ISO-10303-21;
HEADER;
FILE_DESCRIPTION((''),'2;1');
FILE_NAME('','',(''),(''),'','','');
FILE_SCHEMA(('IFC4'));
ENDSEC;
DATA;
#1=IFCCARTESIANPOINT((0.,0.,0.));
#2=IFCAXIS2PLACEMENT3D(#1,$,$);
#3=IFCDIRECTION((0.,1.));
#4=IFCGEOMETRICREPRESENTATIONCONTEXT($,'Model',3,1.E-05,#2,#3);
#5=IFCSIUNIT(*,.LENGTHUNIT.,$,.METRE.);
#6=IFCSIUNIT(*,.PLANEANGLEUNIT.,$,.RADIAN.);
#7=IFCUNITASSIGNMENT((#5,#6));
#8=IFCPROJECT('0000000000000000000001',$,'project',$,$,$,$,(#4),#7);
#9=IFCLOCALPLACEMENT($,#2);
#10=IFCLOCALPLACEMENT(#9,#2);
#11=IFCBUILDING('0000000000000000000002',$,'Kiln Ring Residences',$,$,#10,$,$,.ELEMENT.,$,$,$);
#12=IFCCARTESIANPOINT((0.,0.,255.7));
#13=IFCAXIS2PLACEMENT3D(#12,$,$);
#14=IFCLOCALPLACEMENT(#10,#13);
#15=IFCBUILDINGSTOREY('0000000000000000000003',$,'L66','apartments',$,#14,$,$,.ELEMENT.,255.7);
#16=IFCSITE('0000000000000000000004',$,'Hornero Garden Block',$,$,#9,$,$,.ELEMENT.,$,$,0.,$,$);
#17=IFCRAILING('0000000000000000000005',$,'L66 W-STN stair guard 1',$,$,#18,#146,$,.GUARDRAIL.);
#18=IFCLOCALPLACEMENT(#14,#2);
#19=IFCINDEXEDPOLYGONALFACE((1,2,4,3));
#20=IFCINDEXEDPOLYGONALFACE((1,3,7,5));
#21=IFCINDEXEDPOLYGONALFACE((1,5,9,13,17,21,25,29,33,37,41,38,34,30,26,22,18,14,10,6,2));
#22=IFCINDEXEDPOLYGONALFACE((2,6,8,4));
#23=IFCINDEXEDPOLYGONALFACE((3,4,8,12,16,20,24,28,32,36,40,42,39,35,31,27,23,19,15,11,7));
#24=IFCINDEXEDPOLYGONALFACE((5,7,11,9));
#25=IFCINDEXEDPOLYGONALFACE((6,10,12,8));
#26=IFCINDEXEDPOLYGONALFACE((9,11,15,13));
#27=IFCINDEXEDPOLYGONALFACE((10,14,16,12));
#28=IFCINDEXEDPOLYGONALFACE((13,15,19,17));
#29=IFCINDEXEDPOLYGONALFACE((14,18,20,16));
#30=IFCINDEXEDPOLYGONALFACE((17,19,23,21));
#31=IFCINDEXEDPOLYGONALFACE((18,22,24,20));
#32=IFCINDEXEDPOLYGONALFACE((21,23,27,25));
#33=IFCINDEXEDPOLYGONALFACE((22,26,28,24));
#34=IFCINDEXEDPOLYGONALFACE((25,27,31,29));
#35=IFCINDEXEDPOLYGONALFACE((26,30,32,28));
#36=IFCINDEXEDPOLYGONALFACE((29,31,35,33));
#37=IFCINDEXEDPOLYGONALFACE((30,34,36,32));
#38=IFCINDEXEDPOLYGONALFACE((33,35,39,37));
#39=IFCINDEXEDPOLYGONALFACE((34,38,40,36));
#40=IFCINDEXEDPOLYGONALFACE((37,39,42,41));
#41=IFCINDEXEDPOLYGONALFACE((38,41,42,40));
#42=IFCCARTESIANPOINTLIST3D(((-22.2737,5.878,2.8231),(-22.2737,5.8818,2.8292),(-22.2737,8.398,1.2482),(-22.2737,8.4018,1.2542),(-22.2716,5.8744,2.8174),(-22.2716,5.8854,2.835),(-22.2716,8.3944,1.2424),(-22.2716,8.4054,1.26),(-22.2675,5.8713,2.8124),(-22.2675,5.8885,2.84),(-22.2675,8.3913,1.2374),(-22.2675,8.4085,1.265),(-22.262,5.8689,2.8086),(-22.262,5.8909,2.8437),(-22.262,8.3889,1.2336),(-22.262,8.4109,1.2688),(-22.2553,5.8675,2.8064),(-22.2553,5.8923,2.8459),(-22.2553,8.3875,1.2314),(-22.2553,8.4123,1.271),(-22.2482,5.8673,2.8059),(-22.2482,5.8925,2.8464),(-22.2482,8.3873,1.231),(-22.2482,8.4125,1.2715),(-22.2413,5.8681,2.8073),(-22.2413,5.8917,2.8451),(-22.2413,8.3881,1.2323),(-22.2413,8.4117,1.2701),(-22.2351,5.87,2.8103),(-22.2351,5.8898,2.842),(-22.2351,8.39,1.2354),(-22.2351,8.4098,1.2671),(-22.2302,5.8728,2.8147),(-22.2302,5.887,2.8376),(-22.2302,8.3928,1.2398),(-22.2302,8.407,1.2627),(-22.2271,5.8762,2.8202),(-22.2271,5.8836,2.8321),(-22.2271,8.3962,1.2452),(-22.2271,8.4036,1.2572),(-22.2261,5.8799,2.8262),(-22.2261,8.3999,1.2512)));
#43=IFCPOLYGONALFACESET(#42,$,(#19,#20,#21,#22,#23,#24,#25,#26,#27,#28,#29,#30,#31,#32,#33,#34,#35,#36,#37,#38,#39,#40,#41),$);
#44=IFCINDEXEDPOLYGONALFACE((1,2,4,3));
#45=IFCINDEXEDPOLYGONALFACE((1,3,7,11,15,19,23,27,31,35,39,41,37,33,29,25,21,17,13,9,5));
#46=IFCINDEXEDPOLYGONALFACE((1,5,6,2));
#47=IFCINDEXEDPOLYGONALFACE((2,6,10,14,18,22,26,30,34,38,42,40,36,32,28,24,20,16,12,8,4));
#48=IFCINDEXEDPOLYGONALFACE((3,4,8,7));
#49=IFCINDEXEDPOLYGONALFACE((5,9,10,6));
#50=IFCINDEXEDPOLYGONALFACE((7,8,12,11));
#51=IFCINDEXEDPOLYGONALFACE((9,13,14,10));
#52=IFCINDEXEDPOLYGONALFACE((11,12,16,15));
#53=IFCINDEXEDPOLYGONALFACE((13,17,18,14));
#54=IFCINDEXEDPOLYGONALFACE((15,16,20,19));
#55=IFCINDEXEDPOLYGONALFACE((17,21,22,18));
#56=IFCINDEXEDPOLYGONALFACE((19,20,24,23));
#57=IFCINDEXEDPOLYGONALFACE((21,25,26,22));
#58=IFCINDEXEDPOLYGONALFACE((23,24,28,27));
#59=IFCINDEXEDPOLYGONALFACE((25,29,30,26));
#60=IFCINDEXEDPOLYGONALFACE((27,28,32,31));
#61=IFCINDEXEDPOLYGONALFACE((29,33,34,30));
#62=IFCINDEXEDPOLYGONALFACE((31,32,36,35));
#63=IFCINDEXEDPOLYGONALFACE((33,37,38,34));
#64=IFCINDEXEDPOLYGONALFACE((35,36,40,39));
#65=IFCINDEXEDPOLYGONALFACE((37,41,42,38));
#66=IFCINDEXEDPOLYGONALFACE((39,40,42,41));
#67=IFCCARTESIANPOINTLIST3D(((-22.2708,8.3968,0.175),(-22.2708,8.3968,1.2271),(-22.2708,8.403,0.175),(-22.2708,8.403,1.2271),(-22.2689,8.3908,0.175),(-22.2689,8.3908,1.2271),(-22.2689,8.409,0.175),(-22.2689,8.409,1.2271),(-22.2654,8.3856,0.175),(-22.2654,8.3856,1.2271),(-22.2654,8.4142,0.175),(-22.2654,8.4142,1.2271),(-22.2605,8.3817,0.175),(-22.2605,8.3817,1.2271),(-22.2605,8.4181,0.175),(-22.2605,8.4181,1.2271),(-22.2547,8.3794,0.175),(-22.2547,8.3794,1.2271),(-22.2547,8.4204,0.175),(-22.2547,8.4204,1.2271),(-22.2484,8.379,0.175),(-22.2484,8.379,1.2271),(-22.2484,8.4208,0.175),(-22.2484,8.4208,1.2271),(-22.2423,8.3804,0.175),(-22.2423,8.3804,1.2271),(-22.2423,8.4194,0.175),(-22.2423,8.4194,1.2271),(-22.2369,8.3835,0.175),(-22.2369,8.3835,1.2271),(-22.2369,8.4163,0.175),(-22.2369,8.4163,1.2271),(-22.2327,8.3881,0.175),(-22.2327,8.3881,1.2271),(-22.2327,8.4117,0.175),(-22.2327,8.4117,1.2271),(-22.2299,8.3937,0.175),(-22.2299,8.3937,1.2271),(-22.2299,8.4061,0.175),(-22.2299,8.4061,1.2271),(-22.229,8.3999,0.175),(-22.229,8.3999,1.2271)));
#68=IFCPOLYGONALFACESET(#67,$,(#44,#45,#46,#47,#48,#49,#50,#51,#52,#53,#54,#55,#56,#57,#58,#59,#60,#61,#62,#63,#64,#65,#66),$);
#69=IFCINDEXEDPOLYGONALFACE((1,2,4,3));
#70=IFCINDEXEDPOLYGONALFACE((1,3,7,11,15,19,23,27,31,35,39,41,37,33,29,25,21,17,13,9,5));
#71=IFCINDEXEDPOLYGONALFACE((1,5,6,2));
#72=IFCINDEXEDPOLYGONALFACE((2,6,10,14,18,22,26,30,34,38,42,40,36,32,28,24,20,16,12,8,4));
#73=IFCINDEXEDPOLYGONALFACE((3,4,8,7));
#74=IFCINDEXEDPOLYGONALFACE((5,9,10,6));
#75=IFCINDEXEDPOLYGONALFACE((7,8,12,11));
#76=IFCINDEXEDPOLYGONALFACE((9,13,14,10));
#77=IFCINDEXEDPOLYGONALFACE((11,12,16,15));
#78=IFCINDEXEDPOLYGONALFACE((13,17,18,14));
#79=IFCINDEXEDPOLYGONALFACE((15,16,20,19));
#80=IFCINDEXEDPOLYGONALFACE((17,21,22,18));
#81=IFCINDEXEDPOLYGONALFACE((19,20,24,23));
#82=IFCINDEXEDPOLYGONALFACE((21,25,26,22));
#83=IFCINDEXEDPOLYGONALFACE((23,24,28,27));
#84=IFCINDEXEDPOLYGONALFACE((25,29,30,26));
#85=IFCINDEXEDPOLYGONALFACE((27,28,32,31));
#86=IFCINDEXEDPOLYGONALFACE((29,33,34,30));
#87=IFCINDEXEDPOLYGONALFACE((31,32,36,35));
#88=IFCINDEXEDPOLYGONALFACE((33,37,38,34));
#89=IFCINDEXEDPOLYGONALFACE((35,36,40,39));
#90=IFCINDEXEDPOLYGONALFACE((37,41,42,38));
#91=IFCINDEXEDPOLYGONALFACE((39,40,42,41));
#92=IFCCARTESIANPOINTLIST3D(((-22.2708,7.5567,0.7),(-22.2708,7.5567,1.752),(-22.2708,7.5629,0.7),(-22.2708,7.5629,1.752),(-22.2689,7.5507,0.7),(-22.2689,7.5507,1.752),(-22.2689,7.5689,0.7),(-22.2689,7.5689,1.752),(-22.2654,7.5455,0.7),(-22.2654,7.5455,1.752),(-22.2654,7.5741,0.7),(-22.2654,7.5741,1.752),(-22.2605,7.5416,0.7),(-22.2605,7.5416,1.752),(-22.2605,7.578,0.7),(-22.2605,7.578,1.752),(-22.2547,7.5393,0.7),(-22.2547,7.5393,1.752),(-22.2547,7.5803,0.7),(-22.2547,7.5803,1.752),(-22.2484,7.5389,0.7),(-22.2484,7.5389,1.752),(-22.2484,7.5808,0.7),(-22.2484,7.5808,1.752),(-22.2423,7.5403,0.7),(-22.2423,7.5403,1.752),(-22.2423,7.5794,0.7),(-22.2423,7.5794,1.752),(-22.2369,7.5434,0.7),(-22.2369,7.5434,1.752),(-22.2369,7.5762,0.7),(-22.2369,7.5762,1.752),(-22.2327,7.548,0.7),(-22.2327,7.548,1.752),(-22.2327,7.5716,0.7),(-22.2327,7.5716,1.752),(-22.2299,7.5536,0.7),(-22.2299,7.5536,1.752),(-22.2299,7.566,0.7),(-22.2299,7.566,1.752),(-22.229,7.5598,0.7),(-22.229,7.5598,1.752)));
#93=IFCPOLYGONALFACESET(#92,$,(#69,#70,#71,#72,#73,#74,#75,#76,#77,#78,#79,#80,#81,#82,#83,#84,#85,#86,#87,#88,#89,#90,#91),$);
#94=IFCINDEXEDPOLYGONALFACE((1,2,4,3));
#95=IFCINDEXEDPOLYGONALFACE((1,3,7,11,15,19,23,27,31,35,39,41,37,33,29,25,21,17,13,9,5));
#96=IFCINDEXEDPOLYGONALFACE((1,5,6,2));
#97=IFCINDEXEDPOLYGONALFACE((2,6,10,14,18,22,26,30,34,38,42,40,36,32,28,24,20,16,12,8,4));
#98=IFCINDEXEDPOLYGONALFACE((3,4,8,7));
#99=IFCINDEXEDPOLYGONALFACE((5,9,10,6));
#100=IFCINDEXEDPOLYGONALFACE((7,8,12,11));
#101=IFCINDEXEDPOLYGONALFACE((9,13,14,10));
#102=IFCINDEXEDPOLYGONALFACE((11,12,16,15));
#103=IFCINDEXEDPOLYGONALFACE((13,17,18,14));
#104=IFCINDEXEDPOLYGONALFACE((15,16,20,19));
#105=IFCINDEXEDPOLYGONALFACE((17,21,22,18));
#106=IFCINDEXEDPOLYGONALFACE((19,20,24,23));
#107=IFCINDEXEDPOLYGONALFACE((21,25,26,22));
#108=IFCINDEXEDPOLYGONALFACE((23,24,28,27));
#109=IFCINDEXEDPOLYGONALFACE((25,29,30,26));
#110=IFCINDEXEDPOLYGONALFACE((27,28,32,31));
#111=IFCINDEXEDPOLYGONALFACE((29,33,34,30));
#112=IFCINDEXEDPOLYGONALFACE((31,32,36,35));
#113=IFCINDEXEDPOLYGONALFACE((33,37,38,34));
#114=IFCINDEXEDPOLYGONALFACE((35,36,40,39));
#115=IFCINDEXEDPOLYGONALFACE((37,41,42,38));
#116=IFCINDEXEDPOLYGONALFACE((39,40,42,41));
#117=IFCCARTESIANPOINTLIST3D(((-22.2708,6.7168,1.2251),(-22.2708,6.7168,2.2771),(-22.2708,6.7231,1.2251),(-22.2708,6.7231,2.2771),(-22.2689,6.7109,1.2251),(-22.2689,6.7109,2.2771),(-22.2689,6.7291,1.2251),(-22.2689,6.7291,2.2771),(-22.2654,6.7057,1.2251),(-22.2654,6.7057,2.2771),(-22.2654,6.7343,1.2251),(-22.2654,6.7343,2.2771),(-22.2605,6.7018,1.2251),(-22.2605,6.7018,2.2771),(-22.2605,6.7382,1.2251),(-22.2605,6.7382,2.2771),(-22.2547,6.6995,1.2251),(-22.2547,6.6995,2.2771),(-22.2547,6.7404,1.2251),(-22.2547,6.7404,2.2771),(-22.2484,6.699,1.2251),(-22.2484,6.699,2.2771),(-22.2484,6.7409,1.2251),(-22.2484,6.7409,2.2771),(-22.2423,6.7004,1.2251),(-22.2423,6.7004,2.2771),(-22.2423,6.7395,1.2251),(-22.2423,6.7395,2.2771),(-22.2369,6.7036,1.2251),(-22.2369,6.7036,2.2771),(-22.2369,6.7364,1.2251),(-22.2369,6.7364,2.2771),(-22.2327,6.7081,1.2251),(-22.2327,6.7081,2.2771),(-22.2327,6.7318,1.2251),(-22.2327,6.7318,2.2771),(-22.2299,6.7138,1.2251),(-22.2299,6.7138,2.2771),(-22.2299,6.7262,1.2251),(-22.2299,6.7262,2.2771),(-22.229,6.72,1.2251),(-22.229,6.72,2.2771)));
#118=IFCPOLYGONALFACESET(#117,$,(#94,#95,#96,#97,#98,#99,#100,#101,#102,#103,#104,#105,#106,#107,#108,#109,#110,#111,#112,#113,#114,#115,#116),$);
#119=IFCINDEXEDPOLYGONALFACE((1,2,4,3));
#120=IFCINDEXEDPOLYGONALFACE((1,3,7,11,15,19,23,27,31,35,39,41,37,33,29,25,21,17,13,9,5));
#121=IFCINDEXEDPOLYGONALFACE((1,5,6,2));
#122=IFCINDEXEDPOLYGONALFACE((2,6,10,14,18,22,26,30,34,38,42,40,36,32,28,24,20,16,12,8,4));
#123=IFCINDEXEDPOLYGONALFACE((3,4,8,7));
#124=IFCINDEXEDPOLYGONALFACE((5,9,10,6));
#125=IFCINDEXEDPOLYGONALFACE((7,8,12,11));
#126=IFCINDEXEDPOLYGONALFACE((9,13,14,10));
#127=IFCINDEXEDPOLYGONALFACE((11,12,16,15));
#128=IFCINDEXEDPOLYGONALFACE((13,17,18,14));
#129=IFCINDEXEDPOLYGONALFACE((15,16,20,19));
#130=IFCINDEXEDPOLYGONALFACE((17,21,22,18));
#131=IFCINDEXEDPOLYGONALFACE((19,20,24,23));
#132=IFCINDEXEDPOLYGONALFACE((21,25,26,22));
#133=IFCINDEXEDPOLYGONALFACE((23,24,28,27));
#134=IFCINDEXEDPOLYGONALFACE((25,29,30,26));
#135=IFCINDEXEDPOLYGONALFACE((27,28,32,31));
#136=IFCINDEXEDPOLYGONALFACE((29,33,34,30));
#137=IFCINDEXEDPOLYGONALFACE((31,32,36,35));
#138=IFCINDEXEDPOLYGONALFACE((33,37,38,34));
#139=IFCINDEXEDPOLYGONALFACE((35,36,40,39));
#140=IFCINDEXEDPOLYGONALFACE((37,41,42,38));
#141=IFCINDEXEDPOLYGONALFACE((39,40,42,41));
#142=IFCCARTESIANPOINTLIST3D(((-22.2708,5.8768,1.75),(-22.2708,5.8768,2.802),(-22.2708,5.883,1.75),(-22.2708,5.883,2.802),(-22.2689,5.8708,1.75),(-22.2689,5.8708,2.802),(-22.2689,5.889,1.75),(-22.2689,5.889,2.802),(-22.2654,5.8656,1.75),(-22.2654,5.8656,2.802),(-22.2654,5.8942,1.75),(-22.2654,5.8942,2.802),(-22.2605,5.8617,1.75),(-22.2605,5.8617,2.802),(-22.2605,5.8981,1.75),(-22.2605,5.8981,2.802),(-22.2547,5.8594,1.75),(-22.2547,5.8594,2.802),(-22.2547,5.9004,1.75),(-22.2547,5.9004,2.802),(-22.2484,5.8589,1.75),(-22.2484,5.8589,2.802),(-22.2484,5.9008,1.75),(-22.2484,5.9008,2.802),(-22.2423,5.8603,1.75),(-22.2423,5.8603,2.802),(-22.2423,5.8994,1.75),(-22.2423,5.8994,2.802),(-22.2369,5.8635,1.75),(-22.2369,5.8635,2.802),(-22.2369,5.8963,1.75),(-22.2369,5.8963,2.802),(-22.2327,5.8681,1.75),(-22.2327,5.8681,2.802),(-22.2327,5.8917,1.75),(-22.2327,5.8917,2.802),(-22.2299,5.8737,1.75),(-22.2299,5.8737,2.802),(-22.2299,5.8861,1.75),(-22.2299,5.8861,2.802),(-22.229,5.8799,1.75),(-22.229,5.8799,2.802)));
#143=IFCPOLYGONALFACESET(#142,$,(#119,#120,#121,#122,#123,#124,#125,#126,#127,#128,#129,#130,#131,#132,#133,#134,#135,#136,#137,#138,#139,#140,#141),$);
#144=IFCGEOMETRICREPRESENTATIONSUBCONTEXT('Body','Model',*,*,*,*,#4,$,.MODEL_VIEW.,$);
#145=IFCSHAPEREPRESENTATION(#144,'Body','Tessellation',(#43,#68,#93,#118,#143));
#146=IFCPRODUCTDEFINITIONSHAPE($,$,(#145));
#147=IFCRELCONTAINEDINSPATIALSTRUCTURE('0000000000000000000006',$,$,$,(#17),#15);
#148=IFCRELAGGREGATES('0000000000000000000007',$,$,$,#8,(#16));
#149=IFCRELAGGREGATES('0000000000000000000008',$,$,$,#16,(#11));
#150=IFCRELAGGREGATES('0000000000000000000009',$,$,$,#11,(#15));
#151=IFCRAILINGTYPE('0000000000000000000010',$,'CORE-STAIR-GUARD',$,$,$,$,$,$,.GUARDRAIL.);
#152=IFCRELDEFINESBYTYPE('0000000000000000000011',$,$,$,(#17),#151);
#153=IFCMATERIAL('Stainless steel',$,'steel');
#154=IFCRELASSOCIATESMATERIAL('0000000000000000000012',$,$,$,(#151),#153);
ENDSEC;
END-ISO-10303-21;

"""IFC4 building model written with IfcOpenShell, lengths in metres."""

from ifc_helpers import new_model, si_unit, direction, frame, origin, origin_2d, place, context, subcontext, project, spatial, circle, extrude, material, type_object, element, save


model = new_model("IFC4")

# Units and contexts
model_context = context("Model", 3, precision=1e-05, world=origin(), true_north=direction((0.0, 1.0)))
body_context = subcontext(model_context, "Body", "Model", "MODEL_VIEW")
ifc_project = project(units=[si_unit("LENGTHUNIT", "METRE"), si_unit("PLANEANGLEUNIT", "RADIAN")], contexts=[model_context])

# Site, building, storey
site_placement = place(None, origin())
site = spatial("IfcSite", under=ifc_project, at=site_placement, Name="Hornero Garden Block", CompositionType="ELEMENT", RefElevation=0.0)
building_placement = place(site_placement, origin())
building = spatial("IfcBuilding", under=site, at=building_placement, Name="Kiln Ring Residences", CompositionType="ELEMENT")
storey_placement = place(building_placement, frame((0.0, 0.0, 255.7)))
storey = spatial("IfcBuildingStorey", under=building, at=storey_placement, Name="L66", Description="apartments", CompositionType="ELEMENT", Elevation=255.7)

# Railing
ifc_material_1 = material(Name="Stainless steel", Category="steel")
railing_type = type_object("IfcRailingType", Name="CORE-STAIR-GUARD", PredefinedType="GUARDRAIL", material=ifc_material_1)
railing_1_placement = place(storey_placement, frame((-22.25, 8.3999, 0.175)))
element("IfcRailing", 1, at=railing_1_placement, inside=storey, type_object=railing_type, Name="L66 W-STN stair guard 1", PredefinedType="GUARDRAIL", context=body_context, shape_type="SweptSolid", body=[
    extrude(circle(Radius=0.0239, at=origin_2d()), frame((0.0, 0.0, 1.0762), z_axis=(0.0, -0.848008, 0.529984), x_axis=(1.0, 0.0, 0.0)), (0.0, 0.0, 1.0), 2.9717),
    extrude(circle(Radius=0.021, at=origin_2d()), origin(), (0.0, 0.0, 1.0), 1.052),
    extrude(circle(Radius=0.021, at=origin_2d()), frame((0.0, -0.8401, 0.5249)), (0.0, 0.0, 1.0), 1.052),
    extrude(circle(Radius=0.021, at=origin_2d()), frame((0.0, -1.6799, 1.05)), (0.0, 0.0, 1.0), 1.052),
    extrude(circle(Radius=0.021, at=origin_2d()), frame((0.0, -2.52, 1.575)), (0.0, 0.0, 1.0), 1.052),
])

save(model, "model.ifc")
